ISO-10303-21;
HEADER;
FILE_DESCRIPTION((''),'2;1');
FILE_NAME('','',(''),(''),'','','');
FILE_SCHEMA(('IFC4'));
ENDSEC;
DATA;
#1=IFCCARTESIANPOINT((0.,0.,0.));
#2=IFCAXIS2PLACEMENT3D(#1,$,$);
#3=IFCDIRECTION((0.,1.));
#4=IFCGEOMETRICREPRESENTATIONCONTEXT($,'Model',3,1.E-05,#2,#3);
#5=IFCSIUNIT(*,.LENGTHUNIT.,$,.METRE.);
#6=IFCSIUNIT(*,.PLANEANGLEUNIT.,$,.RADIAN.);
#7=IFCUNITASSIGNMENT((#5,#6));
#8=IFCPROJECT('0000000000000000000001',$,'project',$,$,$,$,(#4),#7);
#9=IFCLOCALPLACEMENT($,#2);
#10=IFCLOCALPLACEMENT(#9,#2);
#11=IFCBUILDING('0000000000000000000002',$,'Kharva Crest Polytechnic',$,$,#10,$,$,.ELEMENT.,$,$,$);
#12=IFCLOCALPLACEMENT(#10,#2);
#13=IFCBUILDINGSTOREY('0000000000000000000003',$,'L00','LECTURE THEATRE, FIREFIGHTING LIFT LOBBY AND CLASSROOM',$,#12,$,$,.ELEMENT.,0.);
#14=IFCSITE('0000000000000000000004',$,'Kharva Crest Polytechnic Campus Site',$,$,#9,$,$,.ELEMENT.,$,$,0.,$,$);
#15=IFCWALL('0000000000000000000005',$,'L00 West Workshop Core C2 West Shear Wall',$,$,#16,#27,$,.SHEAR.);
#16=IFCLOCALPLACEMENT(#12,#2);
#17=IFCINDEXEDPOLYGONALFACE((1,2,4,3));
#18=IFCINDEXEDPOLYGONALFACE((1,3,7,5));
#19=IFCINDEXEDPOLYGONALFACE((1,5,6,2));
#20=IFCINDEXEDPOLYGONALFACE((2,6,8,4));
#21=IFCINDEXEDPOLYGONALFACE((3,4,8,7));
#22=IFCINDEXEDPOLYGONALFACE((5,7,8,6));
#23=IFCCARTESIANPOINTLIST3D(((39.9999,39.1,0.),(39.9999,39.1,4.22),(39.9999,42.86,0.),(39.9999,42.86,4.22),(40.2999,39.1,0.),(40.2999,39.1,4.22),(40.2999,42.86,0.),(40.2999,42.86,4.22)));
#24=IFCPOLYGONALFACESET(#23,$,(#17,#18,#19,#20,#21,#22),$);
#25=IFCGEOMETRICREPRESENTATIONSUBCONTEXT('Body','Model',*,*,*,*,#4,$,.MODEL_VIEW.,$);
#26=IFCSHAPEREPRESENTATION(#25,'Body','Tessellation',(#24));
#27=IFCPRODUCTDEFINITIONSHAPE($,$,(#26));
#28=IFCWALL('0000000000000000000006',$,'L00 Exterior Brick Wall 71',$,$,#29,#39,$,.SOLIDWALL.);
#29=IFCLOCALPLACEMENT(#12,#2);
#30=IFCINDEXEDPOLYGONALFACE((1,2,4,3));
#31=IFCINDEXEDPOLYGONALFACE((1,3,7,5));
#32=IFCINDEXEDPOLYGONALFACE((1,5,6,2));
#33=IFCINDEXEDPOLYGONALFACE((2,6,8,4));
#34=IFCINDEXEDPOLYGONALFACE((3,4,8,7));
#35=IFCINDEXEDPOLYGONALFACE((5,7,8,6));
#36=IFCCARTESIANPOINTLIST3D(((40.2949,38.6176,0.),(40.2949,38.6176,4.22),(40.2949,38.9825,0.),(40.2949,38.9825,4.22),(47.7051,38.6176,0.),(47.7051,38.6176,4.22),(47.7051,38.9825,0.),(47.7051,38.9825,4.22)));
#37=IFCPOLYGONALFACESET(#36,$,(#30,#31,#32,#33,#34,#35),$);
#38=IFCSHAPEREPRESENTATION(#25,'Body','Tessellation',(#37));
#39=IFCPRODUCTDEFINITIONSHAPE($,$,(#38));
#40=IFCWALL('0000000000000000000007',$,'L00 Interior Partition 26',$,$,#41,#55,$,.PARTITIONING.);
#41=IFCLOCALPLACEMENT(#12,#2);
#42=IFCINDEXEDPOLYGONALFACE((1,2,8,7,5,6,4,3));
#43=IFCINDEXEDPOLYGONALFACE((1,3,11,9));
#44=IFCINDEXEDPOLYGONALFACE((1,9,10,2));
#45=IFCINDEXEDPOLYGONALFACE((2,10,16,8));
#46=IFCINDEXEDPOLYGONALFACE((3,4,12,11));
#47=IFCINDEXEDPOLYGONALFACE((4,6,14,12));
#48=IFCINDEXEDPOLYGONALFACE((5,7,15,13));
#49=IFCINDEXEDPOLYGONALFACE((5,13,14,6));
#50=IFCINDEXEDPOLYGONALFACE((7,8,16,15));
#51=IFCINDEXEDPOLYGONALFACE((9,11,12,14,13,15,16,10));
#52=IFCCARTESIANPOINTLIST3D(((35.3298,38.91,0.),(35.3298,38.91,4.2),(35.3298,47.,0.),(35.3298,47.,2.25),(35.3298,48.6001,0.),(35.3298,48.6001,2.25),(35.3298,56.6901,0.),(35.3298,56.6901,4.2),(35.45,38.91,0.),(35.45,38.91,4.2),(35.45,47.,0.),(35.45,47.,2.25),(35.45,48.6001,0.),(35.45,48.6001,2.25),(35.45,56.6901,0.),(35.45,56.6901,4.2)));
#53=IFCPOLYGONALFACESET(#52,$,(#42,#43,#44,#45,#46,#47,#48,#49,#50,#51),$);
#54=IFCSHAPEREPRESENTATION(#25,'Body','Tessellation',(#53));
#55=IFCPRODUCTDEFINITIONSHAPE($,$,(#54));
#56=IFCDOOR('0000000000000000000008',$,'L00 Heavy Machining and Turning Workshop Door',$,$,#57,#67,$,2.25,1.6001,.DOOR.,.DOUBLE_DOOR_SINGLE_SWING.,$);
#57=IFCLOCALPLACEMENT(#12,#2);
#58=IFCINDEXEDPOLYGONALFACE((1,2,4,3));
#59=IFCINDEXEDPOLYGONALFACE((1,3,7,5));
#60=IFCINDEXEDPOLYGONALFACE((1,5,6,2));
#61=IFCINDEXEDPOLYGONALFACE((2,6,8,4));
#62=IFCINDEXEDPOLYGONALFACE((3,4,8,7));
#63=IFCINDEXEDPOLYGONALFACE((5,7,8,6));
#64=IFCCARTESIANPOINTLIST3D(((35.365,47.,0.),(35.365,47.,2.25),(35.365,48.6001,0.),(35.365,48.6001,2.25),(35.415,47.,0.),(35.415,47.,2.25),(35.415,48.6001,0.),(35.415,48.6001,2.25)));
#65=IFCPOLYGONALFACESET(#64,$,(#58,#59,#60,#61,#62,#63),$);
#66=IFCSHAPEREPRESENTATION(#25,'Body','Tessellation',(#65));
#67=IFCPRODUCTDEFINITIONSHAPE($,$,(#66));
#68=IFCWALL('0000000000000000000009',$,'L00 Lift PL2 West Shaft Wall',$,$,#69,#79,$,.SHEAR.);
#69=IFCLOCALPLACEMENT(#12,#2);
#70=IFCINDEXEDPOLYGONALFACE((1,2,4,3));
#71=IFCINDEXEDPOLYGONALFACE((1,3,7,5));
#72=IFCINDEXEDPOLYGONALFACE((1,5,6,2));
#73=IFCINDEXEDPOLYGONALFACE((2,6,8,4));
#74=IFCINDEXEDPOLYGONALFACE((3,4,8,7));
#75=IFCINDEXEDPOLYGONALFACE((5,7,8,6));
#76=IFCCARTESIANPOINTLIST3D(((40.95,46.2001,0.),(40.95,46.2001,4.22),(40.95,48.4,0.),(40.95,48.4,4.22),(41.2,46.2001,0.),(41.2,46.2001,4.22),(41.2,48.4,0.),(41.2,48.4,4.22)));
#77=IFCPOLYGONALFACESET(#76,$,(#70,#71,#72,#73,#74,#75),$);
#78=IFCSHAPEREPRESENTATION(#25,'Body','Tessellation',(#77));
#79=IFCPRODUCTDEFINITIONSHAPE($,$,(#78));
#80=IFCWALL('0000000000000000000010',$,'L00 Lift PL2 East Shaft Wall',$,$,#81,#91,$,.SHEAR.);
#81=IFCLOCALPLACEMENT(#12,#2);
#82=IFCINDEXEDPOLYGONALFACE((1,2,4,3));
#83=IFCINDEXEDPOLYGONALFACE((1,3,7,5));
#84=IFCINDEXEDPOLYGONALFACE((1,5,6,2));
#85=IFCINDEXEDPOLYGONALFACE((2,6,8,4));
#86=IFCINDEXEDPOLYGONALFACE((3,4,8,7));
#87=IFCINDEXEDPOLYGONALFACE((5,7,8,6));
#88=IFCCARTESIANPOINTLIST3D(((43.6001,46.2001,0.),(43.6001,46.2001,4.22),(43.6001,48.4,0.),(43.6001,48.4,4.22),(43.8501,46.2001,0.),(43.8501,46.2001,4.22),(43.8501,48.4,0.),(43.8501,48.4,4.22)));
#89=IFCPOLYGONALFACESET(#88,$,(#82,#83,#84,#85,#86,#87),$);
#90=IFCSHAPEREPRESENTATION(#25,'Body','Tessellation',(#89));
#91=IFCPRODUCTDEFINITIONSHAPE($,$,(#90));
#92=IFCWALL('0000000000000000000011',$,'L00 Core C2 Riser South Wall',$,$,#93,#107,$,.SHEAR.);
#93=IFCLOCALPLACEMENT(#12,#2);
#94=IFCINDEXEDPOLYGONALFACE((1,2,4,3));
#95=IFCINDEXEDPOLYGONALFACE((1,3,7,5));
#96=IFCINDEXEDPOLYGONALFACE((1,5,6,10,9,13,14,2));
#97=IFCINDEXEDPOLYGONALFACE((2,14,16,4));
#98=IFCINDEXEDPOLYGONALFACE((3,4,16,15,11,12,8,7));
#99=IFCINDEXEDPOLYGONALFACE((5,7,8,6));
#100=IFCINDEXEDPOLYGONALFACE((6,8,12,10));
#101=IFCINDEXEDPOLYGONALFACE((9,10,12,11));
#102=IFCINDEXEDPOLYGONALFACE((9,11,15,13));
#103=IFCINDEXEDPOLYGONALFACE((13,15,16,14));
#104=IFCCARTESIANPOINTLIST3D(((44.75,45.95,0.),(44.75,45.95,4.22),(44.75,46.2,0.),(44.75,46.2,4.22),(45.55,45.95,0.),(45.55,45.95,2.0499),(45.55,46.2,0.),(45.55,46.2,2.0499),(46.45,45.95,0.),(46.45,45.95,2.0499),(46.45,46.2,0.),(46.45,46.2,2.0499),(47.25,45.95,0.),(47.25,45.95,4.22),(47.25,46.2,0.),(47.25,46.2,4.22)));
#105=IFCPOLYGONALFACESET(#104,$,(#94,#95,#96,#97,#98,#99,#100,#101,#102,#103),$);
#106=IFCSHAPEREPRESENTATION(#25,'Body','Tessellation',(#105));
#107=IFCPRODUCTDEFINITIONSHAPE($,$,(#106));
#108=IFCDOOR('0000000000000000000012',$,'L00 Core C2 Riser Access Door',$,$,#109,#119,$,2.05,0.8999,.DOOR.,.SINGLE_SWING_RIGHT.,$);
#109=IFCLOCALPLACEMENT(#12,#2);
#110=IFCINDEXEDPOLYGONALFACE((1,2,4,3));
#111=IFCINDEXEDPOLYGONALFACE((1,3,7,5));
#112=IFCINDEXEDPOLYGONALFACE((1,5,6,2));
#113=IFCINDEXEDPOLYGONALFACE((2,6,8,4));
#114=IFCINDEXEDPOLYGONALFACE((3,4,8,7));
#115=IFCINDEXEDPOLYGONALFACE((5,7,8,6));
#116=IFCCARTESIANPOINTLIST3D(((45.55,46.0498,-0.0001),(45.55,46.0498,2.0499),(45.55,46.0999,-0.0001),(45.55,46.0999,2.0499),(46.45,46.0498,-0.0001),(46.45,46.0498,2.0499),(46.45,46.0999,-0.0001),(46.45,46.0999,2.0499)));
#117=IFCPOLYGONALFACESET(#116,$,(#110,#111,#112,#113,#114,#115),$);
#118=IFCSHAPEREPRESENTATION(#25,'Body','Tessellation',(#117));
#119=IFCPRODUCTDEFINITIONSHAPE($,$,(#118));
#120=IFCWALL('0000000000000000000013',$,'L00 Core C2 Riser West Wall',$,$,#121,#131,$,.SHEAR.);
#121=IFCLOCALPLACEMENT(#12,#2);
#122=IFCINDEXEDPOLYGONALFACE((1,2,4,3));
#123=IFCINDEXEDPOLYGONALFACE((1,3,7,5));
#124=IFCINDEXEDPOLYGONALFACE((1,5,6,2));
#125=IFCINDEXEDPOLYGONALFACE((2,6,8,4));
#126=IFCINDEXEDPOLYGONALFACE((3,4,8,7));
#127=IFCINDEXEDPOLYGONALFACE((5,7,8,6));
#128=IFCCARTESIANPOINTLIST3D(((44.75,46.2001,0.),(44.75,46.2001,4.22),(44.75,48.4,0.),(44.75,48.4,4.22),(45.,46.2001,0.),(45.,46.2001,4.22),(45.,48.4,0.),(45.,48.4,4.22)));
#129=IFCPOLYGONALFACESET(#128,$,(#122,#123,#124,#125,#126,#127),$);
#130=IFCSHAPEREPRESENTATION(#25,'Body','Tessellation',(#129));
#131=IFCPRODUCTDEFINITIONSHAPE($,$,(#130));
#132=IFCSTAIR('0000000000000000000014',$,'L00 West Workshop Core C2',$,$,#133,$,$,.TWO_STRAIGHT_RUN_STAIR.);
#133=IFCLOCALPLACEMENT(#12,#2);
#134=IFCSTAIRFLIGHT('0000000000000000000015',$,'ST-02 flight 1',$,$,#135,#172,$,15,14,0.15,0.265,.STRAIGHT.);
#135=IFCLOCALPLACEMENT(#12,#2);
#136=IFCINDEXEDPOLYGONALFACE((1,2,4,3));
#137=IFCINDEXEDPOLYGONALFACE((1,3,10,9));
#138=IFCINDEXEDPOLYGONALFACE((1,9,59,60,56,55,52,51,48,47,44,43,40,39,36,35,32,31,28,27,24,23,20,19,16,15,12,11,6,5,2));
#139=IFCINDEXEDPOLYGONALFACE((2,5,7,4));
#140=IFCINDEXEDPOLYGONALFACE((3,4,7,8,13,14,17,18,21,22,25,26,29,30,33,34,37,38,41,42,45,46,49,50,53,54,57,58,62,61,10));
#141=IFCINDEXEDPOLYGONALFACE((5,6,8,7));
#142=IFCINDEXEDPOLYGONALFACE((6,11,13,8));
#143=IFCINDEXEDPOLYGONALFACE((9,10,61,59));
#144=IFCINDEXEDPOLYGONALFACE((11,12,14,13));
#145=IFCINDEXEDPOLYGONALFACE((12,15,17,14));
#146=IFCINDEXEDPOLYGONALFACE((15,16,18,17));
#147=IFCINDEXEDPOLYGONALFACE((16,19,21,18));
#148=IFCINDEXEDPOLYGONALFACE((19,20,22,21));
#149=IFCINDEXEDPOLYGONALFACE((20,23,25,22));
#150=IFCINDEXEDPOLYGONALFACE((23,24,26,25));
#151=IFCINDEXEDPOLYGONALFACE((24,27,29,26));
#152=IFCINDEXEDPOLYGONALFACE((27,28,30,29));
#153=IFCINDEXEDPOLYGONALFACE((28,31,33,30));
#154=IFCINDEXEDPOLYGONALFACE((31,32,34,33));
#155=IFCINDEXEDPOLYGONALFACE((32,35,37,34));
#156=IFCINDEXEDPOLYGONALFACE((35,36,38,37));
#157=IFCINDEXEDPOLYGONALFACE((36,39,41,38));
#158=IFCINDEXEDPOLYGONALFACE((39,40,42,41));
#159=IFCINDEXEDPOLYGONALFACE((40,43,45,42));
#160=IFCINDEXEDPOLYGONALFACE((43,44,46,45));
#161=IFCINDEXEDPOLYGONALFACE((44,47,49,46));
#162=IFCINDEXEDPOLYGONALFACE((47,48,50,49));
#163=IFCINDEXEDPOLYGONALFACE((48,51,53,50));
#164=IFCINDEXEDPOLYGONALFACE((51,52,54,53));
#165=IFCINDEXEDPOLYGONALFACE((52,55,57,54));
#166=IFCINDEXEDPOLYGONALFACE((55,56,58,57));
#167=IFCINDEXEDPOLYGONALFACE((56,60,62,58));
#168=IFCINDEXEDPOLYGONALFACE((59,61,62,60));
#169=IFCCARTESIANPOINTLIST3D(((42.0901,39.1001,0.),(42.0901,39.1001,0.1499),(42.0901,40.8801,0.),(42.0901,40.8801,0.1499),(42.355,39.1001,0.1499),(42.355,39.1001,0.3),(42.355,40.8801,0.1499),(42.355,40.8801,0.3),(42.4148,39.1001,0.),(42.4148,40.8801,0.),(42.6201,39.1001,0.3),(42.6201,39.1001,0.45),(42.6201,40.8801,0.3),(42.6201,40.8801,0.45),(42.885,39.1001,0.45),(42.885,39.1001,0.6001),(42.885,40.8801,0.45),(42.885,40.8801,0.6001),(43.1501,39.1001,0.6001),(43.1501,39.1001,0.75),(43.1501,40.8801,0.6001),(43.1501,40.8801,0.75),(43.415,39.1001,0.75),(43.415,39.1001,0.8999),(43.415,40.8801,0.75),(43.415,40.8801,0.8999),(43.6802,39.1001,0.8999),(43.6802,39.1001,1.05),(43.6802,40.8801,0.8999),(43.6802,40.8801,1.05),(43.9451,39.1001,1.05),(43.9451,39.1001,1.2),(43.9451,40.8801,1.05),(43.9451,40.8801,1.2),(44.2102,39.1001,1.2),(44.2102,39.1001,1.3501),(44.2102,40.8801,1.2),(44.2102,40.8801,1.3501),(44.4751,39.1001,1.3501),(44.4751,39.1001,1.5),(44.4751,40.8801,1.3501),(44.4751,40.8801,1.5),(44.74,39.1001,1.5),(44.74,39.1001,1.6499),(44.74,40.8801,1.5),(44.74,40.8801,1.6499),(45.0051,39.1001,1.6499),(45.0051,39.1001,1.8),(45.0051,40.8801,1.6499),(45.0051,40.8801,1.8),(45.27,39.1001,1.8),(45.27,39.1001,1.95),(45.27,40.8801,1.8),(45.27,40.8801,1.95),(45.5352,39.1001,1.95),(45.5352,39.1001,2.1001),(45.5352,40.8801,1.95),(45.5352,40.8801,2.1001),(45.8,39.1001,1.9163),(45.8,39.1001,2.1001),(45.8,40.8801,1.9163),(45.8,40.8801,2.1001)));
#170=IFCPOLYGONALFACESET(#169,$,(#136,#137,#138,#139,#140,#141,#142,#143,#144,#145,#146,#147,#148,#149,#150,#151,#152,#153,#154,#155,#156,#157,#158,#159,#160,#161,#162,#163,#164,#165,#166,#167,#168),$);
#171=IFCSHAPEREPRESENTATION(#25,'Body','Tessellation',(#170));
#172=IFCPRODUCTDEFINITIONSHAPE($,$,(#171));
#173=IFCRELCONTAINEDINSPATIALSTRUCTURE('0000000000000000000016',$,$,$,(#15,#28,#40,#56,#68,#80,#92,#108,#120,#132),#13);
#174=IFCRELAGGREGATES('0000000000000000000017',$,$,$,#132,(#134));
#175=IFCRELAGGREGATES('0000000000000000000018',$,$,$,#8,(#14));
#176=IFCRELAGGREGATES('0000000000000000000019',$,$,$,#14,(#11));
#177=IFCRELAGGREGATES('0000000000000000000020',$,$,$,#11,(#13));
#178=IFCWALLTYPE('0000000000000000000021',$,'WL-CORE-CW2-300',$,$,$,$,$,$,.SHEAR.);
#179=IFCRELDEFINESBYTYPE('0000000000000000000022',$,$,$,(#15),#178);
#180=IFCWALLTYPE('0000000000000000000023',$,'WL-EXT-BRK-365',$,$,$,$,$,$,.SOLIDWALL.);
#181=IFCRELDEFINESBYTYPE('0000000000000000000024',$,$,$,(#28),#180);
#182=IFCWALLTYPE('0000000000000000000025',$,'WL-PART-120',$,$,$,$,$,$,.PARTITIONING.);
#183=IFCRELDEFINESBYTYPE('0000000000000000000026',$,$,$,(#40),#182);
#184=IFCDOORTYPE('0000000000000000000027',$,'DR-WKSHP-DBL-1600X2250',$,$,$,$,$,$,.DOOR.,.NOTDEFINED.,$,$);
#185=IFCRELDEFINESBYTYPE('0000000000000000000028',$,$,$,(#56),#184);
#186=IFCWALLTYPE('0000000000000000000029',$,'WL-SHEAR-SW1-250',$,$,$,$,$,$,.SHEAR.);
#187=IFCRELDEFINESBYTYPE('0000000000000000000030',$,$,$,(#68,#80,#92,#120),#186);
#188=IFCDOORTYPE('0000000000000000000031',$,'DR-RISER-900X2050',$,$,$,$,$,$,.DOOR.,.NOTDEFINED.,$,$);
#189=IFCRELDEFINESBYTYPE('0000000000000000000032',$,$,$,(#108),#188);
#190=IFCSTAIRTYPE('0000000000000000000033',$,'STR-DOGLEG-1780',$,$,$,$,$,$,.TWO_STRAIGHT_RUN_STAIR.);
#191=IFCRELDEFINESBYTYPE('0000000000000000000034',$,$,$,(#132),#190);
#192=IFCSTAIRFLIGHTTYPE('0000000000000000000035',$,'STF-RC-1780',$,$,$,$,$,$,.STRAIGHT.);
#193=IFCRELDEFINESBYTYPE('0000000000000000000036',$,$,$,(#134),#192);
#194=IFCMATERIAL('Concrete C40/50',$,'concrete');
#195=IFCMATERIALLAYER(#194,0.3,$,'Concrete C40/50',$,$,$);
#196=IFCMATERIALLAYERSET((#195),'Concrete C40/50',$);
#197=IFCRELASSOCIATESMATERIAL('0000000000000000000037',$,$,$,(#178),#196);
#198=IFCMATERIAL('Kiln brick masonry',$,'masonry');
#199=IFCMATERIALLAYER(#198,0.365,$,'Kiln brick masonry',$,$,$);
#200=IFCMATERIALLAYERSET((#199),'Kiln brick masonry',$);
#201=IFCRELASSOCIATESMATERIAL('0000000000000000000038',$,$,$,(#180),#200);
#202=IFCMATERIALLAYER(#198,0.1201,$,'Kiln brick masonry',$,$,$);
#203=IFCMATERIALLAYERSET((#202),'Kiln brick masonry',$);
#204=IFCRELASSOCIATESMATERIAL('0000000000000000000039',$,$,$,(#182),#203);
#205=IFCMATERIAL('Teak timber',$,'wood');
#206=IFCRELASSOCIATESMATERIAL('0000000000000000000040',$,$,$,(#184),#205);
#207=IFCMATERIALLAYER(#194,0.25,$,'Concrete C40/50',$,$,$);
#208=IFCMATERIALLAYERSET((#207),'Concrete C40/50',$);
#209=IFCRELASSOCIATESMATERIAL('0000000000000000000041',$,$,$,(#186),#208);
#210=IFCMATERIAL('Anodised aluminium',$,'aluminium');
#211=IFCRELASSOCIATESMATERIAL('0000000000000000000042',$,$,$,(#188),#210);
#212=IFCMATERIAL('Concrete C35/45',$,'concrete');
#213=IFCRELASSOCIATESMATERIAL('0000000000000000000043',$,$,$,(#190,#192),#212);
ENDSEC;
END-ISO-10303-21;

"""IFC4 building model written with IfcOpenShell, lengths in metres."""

from ifc_helpers import new_model, si_unit, direction, frame, frame_2d, origin, place, context, subcontext, project, spatial, polyline, rectangle, outline, extrude, material, layer, layer_set, type_object, element, fill, aggregate, save


model = new_model("IFC4")

# Units and contexts
model_context = context("Model", 3, precision=1e-05, world=origin(), true_north=direction((0.0, 1.0)))
body_context = subcontext(model_context, "Body", "Model", "MODEL_VIEW")
ifc_project = project(units=[si_unit("LENGTHUNIT", "METRE"), si_unit("PLANEANGLEUNIT", "RADIAN")], contexts=[model_context])

# Site, building, storey
site_placement = place(None, origin())
site = spatial("IfcSite", under=ifc_project, at=site_placement, Name="Kharva Crest Polytechnic Campus Site", CompositionType="ELEMENT", RefElevation=0.0)
building_placement = place(site_placement, origin())
building = spatial("IfcBuilding", under=site, at=building_placement, Name="Kharva Crest Polytechnic", CompositionType="ELEMENT")
storey_placement = place(building_placement, origin())
storey = spatial("IfcBuildingStorey", under=building, at=storey_placement, Name="L00", Description="LECTURE THEATRE, FIREFIGHTING LIFT LOBBY AND CLASSROOM", CompositionType="ELEMENT", Elevation=0.0)

# Shared definitions
ifc_material_1 = material(Name="Concrete C35/45", Category="concrete")

# Shared definitions
ifc_material_2 = material(Name="Concrete C40/50", Category="concrete")

# Shared definitions
ifc_layer_1 = layer(ifc_material_2, 0.3, Name="Concrete C40/50")
ifc_layer_set_1 = layer_set([ifc_layer_1], Name="Concrete C40/50")
wall_type_1 = type_object("IfcWallType", Name="WL-CORE-CW2-300", PredefinedType="SHEAR", material=ifc_layer_set_1)
ifc_material_3 = material(Name="Teak timber", Category="wood")

# Walls
wall_1_placement = place(storey_placement, frame((40.1499, 39.1001, 0.0), z_axis=(0.0, 0.0, 1.0), x_axis=(0.0, 1.0, 0.0)))
element("IfcWall", 1, at=wall_1_placement, inside=storey, type_object=wall_type_1, Name="L00 West Workshop Core C2 West Shear Wall", PredefinedType="SHEAR", context=body_context, shape_type="SweptSolid", body=[
    extrude(rectangle(XDim=3.76, YDim=0.3, at=frame_2d((1.8799, 0.0))), origin(), (0.0, 0.0, 1.0), 4.22),
])
ifc_material_4 = material(Name="Kiln brick masonry", Category="masonry")
ifc_layer_2 = layer(ifc_material_4, 0.365, Name="Kiln brick masonry")
ifc_layer_set_2 = layer_set([ifc_layer_2], Name="Kiln brick masonry")
wall_type_2 = type_object("IfcWallType", Name="WL-EXT-BRK-365", PredefinedType="SOLIDWALL", material=ifc_layer_set_2)
wall_2_placement = place(storey_placement, frame((40.2949, 38.8, 0.0), z_axis=(0.0, 0.0, 1.0), x_axis=(1.0, 0.0, 0.0)))
element("IfcWall", 2, at=wall_2_placement, inside=storey, type_object=wall_type_2, Name="L00 Exterior Brick Wall 71", PredefinedType="SOLIDWALL", context=body_context, shape_type="SweptSolid", body=[
    extrude(rectangle(XDim=7.4102, YDim=0.365, at=frame_2d((3.7051, 0.0))), origin(), (0.0, 0.0, 1.0), 4.22),
])

# Wall, opening, door
ifc_layer_3 = layer(ifc_material_4, 0.1201, Name="Kiln brick masonry")
ifc_layer_set_3 = layer_set([ifc_layer_3], Name="Kiln brick masonry")
wall_type_3 = type_object("IfcWallType", Name="WL-PART-120", PredefinedType="PARTITIONING", material=ifc_layer_set_3)
wall_3_placement = place(storey_placement, frame((35.3899, 38.9099, 0.0), z_axis=(0.0, 0.0, 1.0), x_axis=(0.0, 1.0, 0.0)))
wall_3 = element("IfcWall", 3, at=wall_3_placement, inside=storey, type_object=wall_type_3, Name="L00 Interior Partition 26", PredefinedType="PARTITIONING", context=body_context, shape_type="SweptSolid", body=[
    extrude(rectangle(XDim=17.78, YDim=0.1201, at=frame_2d((8.8901, 0.0))), origin(), (0.0, 0.0, 1.0), 4.2),
])
opening_1_placement = place(wall_3_placement, frame((8.0901, 0.0, 0.0)))
opening_1 = element("IfcOpeningElement", 4, at=opening_1_placement, cuts=wall_3, PredefinedType="OPENING", context=body_context, shape_type="SweptSolid", body=[
    extrude(rectangle(XDim=1.6001, YDim=2.25, at=frame_2d((0.8, 1.125))), frame((0.0, 0.0701, 0.0), z_axis=(0.0, -1.0, 0.0), x_axis=(1.0, 0.0, 0.0)), (0.0, 0.0, 1.0), 0.1401),
])
door_type_1 = type_object("IfcDoorType", Name="DR-WKSHP-DBL-1600X2250", OperationType="NOTDEFINED", PredefinedType="DOOR", material=ifc_material_3)
door_1_placement = place(opening_1_placement, origin())
door_1 = element("IfcDoor", 5, at=door_1_placement, inside=storey, type_object=door_type_1, Name="L00 Heavy Machining and Turning Workshop Door", OperationType="DOUBLE_DOOR_SINGLE_SWING", OverallHeight=2.25, OverallWidth=1.6001, PredefinedType="DOOR", context=body_context, shape_type="SweptSolid", body=[
    extrude(rectangle(XDim=1.6001, YDim=2.25, at=frame_2d((0.8, 1.125))), frame((0.0, 0.0249, 0.0), z_axis=(0.0, -1.0, 0.0), x_axis=(1.0, 0.0, 0.0)), (0.0, 0.0, 1.0), 0.05),
])
fill(opening_1, door_1)
ifc_layer_4 = layer(ifc_material_2, 0.25, Name="Concrete C40/50")
ifc_layer_set_4 = layer_set([ifc_layer_4], Name="Concrete C40/50")
wall_type_4 = type_object("IfcWallType", Name="WL-SHEAR-SW1-250", PredefinedType="SHEAR", material=ifc_layer_set_4)
ifc_material_5 = material(Name="Anodised aluminium", Category="aluminium")

# Walls
for number, where, z_axis, x_axis, name in (
    (6, (41.075, 46.2, 0.0), (0.0, 0.0, 1.0), (0.0, 1.0, 0.0), "L00 Lift PL2 West Shaft Wall"),
    (7, (43.7251, 46.2, 0.0), (0.0, 0.0, 1.0), (0.0, 1.0, 0.0), "L00 Lift PL2 East Shaft Wall"),
):
    element("IfcWall", number, at=place(storey_placement, frame(where, z_axis=z_axis, x_axis=x_axis)), inside=storey, type_object=wall_type_4, Name=name, PredefinedType="SHEAR", context=body_context, shape_type="SweptSolid", body=[
        extrude(rectangle(XDim=2.2, YDim=0.25, at=frame_2d((1.1001, 0.0))), origin(), (0.0, 0.0, 1.0), 4.22),
    ])

# Wall, opening, door
wall_4_placement = place(storey_placement, frame((44.75, 46.075, 0.0), z_axis=(0.0, 0.0, 1.0), x_axis=(1.0, 0.0, 0.0)))
wall_4 = element("IfcWall", 8, at=wall_4_placement, inside=storey, type_object=wall_type_4, Name="L00 Core C2 Riser South Wall", PredefinedType="SHEAR", context=body_context, shape_type="SweptSolid", body=[
    extrude(rectangle(XDim=2.5, YDim=0.25, at=frame_2d((1.25, 0.0))), origin(), (0.0, 0.0, 1.0), 4.22),
])
opening_2_placement = place(wall_4_placement, frame((0.8, 0.0, 0.0)))
opening_2 = element("IfcOpeningElement", 9, at=opening_2_placement, cuts=wall_4, PredefinedType="OPENING", context=body_context, shape_type="SweptSolid", body=[
    extrude(rectangle(XDim=0.8999, YDim=2.05, at=frame_2d((0.45, 1.0249))), frame((0.0, 0.135, 0.0), z_axis=(0.0, -1.0, 0.0), x_axis=(1.0, 0.0, 0.0)), (0.0, 0.0, 1.0), 0.27),
])
door_type_2 = type_object("IfcDoorType", Name="DR-RISER-900X2050", OperationType="NOTDEFINED", PredefinedType="DOOR", material=ifc_material_5)
door_2_placement = place(opening_2_placement, origin())
door_2 = element("IfcDoor", 10, at=door_2_placement, inside=storey, type_object=door_type_2, Name="L00 Core C2 Riser Access Door", OperationType="SINGLE_SWING_RIGHT", OverallHeight=2.05, OverallWidth=0.8999, PredefinedType="DOOR", context=body_context, shape_type="SweptSolid", body=[
    extrude(rectangle(XDim=0.8999, YDim=2.05, at=frame_2d((0.45, 1.0249))), frame((0.0, 0.0249, 0.0), z_axis=(0.0, -1.0, 0.0), x_axis=(1.0, 0.0, 0.0)), (0.0, 0.0, 1.0), 0.05),
])
fill(opening_2, door_2)

# Wall
wall_5_placement = place(storey_placement, frame((44.875, 46.2, 0.0), z_axis=(0.0, 0.0, 1.0), x_axis=(0.0, 1.0, 0.0)))
element("IfcWall", 11, at=wall_5_placement, inside=storey, type_object=wall_type_4, Name="L00 Core C2 Riser West Wall", PredefinedType="SHEAR", context=body_context, shape_type="SweptSolid", body=[
    extrude(rectangle(XDim=2.2, YDim=0.25, at=frame_2d((1.1001, 0.0))), origin(), (0.0, 0.0, 1.0), 4.22),
])

# Stair, stair flight
stair_type = type_object("IfcStairType", Name="STR-DOGLEG-1780", PredefinedType="TWO_STRAIGHT_RUN_STAIR", material=ifc_material_1)
stair_placement = place(storey_placement, origin())
stair = element("IfcStair", 12, at=stair_placement, inside=storey, type_object=stair_type, Name="L00 West Workshop Core C2", PredefinedType="TWO_STRAIGHT_RUN_STAIR")
stair_flight_type = type_object("IfcStairFlightType", Name="STF-RC-1780", PredefinedType="STRAIGHT", material=ifc_material_1)
stair_flight_1_placement = place(storey_placement, frame((42.0901, 39.99, 0.0), z_axis=(0.0, 0.0, 1.0), x_axis=(1.0, 0.0, 0.0)))
stair_flight_1 = element("IfcStairFlight", 13, at=stair_flight_1_placement, type_object=stair_flight_type, Name="ST-02 flight 1", NumberOfRisers=15, NumberOfTreads=14, PredefinedType="STRAIGHT", RiserHeight=0.15, TreadLength=0.265, context=body_context, shape_type="SweptSolid", body=[
    extrude(outline(polyline([(0.0, 0.0), (0.0, 0.1499), (0.2649, 0.1499), (0.2649, 0.3), (0.53, 0.3), (0.53, 0.45), (0.7949, 0.45), (0.7949, 0.6001), (1.0601, 0.6001), (1.0601, 0.75), (1.325, 0.75), (1.325, 0.8999), (1.5901, 0.8999), (1.5901, 1.05), (1.855, 1.05), (1.855, 1.2), (2.1201, 1.2), (2.1201, 1.3501), (2.385, 1.3501), (2.385, 1.5), (2.6499, 1.5), (2.6499, 1.6499), (2.915, 1.6499), (2.915, 1.8), (3.1799, 1.8), (3.1799, 1.95), (3.4451, 1.95), (3.4451, 2.1001), (3.71, 2.1001), (3.71, 2.25), (3.71, 1.9163), (0.3247, 0.0), (0.0, 0.0)])), frame((0.0, 0.8901, 0.0), z_axis=(0.0, -1.0, 0.0), x_axis=(1.0, 0.0, 0.0)), (0.0, 0.0, 1.0), 1.78),
])
aggregate(stair, [stair_flight_1])

save(model, "model.ifc")
